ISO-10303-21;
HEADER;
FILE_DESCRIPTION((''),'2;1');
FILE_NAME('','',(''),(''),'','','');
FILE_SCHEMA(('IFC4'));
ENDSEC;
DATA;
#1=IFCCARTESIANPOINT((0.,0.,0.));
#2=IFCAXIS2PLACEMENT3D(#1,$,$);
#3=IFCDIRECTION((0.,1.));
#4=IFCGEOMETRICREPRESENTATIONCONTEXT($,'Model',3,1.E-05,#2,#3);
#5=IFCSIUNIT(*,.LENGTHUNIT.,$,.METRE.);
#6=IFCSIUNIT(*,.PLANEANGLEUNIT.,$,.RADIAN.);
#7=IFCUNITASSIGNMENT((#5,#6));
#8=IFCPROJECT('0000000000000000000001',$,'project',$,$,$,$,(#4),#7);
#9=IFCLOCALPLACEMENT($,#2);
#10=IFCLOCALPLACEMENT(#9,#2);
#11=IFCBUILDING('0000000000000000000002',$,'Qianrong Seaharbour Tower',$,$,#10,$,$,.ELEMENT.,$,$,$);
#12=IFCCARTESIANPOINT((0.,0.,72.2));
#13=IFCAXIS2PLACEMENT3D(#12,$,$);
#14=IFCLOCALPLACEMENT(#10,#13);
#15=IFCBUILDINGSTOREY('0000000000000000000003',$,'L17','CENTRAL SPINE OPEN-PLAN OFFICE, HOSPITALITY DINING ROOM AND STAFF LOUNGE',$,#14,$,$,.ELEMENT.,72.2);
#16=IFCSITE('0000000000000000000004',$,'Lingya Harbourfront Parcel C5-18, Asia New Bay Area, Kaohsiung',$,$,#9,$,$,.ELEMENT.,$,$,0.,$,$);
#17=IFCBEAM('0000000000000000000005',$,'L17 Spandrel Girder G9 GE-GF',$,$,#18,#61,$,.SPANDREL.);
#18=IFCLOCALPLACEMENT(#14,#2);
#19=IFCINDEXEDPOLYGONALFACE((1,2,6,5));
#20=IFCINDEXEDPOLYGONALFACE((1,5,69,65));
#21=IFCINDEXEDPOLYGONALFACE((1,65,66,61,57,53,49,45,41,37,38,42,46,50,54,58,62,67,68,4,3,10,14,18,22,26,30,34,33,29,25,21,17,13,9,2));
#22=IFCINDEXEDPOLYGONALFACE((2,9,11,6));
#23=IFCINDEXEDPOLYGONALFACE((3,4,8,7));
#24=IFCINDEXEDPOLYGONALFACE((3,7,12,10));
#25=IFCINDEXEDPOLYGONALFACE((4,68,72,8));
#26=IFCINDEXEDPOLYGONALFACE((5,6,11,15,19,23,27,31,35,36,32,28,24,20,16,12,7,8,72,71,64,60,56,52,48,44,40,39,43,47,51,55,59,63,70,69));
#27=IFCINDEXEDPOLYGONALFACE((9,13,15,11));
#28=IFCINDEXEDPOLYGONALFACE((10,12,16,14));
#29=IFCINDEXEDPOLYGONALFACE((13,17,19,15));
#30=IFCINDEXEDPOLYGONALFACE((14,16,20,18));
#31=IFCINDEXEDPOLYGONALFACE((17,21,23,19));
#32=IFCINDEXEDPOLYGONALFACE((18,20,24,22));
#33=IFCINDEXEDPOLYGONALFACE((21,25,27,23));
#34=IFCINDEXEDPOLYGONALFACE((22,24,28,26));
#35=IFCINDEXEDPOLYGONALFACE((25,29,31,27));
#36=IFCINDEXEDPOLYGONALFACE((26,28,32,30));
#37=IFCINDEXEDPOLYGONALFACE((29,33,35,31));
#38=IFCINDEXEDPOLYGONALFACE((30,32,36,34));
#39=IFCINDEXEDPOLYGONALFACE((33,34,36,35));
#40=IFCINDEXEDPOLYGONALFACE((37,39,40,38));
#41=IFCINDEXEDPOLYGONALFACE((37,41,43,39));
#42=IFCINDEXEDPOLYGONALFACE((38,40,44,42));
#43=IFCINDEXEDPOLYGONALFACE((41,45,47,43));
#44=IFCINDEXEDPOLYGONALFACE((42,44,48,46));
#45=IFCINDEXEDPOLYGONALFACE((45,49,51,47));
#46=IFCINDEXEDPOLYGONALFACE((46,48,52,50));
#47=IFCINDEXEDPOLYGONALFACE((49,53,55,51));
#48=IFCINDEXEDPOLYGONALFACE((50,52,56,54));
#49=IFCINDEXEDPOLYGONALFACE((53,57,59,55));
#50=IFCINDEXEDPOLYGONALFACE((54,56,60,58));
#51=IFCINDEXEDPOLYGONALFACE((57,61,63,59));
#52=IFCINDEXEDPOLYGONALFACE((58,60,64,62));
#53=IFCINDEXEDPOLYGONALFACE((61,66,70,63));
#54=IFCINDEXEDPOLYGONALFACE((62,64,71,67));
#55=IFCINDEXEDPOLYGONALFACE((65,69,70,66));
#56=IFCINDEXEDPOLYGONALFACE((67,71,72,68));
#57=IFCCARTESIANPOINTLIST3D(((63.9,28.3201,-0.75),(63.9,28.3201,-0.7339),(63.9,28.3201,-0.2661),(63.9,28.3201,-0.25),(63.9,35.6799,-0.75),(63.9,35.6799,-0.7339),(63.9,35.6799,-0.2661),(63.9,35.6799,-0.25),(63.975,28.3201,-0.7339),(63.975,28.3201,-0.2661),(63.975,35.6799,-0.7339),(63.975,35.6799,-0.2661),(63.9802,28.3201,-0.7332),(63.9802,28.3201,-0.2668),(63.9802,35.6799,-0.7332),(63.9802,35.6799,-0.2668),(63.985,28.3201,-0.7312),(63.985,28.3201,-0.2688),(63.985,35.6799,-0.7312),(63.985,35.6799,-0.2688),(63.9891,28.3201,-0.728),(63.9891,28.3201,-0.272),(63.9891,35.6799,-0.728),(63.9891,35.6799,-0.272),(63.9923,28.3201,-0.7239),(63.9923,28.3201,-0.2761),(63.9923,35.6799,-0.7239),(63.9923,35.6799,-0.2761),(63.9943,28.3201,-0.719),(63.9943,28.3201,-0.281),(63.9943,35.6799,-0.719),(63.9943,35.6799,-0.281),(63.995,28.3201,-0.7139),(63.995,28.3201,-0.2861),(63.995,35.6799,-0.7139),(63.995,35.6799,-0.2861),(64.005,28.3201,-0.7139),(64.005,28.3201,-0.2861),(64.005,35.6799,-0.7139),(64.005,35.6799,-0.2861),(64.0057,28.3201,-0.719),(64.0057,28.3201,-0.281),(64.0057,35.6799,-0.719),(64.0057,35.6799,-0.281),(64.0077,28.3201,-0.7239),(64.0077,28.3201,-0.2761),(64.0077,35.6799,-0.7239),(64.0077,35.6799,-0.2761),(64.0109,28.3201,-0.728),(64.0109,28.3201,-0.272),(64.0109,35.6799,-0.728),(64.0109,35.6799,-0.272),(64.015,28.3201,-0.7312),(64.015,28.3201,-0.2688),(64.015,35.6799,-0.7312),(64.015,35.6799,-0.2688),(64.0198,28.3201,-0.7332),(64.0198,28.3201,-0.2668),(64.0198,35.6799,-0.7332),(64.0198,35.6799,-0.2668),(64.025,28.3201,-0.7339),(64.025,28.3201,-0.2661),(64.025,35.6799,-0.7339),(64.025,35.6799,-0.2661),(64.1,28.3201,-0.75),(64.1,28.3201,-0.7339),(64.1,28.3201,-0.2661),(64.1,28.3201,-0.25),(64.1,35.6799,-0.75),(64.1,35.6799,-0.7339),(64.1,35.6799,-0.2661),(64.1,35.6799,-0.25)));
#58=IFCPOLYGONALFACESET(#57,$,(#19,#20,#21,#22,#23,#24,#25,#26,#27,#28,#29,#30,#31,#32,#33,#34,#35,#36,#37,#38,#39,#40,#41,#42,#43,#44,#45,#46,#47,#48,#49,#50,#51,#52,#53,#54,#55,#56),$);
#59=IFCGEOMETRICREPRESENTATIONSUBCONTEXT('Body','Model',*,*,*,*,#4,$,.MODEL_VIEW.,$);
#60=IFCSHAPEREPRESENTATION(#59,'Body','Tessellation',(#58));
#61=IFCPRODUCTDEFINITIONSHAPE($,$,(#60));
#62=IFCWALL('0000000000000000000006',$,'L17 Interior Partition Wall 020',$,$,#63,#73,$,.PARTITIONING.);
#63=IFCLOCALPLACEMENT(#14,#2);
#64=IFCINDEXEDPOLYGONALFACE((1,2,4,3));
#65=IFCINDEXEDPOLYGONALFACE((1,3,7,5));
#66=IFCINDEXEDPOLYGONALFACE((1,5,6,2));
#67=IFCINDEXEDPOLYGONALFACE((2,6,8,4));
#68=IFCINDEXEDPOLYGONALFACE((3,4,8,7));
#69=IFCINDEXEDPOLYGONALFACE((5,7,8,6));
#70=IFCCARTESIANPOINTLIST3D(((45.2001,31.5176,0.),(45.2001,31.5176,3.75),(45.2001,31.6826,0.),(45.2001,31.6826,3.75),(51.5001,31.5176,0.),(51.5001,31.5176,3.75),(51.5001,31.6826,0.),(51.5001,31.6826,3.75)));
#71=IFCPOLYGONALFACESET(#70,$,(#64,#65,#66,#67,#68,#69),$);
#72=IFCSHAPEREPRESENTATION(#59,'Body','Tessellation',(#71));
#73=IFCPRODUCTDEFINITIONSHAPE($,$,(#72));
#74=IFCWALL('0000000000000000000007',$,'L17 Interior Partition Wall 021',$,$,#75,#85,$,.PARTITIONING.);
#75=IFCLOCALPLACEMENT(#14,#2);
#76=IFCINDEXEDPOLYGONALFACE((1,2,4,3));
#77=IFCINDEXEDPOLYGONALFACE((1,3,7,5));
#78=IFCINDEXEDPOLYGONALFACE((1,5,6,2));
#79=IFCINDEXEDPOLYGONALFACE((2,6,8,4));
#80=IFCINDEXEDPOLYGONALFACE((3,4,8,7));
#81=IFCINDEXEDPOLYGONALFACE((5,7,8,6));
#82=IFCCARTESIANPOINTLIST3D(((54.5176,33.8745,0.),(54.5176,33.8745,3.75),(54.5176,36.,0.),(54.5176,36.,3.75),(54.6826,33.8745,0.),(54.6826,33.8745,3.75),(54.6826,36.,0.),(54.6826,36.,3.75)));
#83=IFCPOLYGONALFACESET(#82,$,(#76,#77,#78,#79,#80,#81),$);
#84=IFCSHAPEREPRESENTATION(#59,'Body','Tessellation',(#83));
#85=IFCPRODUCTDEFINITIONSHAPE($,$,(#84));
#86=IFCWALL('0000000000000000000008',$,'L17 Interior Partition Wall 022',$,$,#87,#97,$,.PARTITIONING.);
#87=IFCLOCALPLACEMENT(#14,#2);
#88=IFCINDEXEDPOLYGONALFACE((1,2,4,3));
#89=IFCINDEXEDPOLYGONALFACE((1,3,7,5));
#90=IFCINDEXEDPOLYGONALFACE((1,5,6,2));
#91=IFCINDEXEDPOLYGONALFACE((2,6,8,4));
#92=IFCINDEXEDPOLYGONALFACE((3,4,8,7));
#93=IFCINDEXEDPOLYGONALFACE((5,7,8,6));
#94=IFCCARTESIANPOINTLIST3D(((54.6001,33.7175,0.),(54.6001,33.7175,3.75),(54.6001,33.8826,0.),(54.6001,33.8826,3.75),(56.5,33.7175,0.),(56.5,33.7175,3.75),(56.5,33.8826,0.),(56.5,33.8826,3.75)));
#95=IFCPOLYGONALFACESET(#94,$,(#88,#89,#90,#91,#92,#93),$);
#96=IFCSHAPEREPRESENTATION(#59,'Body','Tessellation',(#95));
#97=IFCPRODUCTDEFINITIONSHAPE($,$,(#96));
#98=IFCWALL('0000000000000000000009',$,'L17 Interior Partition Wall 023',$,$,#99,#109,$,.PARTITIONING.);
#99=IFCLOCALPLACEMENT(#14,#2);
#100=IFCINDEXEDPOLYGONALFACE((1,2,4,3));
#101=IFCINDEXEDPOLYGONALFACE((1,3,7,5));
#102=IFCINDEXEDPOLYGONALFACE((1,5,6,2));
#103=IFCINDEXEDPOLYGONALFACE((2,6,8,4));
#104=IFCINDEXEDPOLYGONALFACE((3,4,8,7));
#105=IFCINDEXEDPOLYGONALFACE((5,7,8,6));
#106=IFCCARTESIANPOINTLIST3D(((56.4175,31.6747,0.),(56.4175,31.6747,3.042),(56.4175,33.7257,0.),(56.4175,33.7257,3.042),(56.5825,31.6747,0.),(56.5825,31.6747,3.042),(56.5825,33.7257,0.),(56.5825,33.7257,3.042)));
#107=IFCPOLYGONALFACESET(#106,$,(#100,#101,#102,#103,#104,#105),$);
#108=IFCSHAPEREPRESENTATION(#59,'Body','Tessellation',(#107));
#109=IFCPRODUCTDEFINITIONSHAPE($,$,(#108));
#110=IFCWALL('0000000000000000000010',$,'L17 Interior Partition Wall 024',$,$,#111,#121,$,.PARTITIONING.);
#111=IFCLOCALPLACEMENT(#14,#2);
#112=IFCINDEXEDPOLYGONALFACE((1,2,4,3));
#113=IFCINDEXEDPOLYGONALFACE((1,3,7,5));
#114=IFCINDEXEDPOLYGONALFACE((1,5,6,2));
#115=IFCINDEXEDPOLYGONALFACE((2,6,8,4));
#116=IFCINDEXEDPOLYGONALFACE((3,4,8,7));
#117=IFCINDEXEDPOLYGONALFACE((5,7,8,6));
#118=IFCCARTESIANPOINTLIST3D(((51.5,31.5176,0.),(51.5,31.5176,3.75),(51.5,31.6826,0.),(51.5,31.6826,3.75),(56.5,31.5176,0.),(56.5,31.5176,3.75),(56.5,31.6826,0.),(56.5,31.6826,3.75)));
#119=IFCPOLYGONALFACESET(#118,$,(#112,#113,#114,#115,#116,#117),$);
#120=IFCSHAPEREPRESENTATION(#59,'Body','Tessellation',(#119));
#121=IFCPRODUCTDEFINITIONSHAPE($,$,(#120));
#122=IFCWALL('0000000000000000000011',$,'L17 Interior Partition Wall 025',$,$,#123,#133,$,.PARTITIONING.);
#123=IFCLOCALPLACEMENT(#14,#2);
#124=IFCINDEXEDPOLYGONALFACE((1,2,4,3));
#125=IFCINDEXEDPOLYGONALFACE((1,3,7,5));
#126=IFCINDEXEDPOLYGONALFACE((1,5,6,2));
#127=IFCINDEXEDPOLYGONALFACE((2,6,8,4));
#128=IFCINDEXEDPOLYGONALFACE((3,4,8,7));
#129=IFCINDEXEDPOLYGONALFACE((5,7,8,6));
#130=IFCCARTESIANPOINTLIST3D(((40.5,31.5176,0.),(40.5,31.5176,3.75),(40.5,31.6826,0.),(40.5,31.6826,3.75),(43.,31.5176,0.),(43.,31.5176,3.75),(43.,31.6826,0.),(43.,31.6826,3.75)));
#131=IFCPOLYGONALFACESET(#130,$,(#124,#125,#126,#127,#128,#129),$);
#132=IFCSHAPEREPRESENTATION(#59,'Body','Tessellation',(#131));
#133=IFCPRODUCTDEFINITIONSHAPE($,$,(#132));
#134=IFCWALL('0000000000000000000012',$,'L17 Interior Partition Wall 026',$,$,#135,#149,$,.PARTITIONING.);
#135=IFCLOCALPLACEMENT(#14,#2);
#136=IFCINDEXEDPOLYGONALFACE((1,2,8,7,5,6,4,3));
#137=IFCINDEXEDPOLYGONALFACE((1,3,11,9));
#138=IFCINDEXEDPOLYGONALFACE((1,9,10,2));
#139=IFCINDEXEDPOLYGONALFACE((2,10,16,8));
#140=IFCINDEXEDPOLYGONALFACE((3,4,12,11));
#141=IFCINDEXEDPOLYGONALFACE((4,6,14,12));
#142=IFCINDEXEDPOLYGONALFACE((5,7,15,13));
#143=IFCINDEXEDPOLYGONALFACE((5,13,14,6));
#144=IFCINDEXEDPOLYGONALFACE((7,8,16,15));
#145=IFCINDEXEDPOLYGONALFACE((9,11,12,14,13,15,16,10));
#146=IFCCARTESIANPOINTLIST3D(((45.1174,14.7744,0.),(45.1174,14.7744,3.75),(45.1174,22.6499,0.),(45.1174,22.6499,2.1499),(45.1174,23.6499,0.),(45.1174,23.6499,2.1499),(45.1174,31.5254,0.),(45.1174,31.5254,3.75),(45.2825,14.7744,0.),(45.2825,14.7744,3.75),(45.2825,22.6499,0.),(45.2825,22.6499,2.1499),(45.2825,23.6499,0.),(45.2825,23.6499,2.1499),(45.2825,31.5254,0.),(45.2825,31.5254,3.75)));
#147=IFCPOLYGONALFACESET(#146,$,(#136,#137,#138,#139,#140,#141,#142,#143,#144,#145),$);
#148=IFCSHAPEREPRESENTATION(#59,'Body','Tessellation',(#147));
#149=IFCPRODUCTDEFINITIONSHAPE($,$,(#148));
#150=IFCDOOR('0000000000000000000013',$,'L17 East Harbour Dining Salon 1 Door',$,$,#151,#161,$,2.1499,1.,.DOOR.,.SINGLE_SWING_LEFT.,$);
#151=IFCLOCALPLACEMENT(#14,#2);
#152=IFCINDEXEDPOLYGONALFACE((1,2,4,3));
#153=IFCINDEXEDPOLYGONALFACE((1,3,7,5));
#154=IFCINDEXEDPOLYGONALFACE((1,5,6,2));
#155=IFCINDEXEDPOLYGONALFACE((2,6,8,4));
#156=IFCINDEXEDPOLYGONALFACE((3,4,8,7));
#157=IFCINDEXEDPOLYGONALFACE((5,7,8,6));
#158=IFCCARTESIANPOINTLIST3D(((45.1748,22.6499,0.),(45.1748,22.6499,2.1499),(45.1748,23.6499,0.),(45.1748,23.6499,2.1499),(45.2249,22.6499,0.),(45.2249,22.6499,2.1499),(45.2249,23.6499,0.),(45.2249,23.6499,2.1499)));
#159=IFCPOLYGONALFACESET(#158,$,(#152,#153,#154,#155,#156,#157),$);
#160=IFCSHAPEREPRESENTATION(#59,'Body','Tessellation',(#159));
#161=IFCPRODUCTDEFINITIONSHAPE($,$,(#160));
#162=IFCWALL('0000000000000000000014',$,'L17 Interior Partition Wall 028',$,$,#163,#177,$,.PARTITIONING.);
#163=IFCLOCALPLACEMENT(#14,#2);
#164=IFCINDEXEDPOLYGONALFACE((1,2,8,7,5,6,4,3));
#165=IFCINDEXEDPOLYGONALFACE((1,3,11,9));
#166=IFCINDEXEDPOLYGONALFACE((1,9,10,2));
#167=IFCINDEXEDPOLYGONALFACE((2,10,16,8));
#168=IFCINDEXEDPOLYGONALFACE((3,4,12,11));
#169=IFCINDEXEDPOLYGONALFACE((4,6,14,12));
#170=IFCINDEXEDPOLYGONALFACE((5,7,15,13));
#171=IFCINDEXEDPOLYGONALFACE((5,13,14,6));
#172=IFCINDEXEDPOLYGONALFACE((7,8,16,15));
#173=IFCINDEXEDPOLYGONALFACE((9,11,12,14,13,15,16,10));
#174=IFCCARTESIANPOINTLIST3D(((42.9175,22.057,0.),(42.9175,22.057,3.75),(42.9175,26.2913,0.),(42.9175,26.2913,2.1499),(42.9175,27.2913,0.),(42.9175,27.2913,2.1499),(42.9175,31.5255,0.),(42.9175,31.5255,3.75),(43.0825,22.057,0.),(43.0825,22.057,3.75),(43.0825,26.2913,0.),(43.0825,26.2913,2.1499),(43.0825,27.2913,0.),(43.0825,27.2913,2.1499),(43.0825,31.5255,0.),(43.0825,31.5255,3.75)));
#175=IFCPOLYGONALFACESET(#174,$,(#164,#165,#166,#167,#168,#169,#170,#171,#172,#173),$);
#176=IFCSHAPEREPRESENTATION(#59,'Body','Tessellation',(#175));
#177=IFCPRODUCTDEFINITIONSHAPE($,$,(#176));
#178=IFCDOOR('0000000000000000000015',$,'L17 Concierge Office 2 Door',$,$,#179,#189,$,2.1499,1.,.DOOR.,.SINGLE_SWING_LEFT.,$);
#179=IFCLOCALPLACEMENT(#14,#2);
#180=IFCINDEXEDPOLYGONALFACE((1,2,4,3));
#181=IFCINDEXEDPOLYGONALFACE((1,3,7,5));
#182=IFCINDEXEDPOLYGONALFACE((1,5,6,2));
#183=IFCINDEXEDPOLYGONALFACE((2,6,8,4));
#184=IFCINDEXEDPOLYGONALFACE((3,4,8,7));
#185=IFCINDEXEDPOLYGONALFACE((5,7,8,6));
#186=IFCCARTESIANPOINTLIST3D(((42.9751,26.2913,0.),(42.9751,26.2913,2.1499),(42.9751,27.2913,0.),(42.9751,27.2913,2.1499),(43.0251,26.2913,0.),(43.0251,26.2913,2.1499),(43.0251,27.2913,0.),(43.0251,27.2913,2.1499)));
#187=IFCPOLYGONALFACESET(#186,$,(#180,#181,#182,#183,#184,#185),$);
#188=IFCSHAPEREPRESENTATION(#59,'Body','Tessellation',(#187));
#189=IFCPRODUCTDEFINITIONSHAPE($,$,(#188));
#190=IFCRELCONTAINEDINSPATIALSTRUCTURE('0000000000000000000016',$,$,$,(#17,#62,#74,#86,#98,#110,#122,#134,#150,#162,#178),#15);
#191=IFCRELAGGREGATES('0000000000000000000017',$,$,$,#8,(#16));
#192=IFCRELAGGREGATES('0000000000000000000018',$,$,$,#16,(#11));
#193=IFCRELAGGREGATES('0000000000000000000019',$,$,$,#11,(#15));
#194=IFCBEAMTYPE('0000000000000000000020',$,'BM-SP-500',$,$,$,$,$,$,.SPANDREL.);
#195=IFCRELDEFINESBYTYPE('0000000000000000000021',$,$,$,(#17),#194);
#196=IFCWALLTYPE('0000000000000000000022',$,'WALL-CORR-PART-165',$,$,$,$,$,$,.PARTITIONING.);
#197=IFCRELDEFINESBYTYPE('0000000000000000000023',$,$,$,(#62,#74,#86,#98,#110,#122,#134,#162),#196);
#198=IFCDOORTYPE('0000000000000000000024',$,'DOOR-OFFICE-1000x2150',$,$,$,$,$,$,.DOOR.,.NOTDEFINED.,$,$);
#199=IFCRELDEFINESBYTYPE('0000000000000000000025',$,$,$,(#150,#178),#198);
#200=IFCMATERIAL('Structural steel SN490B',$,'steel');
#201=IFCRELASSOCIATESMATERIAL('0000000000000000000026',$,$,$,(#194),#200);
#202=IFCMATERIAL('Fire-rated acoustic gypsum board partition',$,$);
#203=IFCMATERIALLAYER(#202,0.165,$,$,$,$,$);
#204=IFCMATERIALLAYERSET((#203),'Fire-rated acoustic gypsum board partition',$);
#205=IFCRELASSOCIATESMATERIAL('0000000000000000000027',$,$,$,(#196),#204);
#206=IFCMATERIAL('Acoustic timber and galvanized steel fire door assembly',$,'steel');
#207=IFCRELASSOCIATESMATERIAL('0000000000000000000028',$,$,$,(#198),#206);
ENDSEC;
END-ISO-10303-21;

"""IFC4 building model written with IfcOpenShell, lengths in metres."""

from ifc_helpers import new_model, si_unit, direction, frame, frame_2d, origin, origin_2d, place, context, subcontext, project, spatial, rectangle, i_section, extrude, material, layer, layer_set, material_profile, profile_set, type_object, element, fill, save


model = new_model("IFC4")

# Units and contexts
model_context = context("Model", 3, precision=1e-05, world=origin(), true_north=direction((0.0, 1.0)))
body_context = subcontext(model_context, "Body", "Model", "MODEL_VIEW")
ifc_project = project(units=[si_unit("LENGTHUNIT", "METRE"), si_unit("PLANEANGLEUNIT", "RADIAN")], contexts=[model_context])

# Site, building, storey
site_placement = place(None, origin())
site = spatial("IfcSite", under=ifc_project, at=site_placement, Name="Lingya Harbourfront Parcel C5-18, Asia New Bay Area, Kaohsiung", CompositionType="ELEMENT", RefElevation=0.0)
building_placement = place(site_placement, origin())
building = spatial("IfcBuilding", under=site, at=building_placement, Name="Qianrong Seaharbour Tower", CompositionType="ELEMENT")
storey_placement = place(building_placement, frame((0.0, 0.0, 72.2)))
storey = spatial("IfcBuildingStorey", under=building, at=storey_placement, Name="L17", Description="CENTRAL SPINE OPEN-PLAN OFFICE, HOSPITALITY DINING ROOM AND STAFF LOUNGE", CompositionType="ELEMENT", Elevation=72.2)

# Shared definitions
ifc_material_1 = material(Name="Structural steel SN490B", Category="steel")

# Beam
ifc_material_profile_1 = material_profile(ifc_material_1, i_section(OverallWidth=0.2, OverallDepth=0.5, WebThickness=0.01, FlangeThickness=0.0161, FilletRadius=0.02, at=origin_2d()), Name="H500x200x10x16")
ifc_profile_set_1 = profile_set([ifc_material_profile_1], Name="Structural steel SN490B")
beam_type_1 = type_object("IfcBeamType", Name="BM-SP-500", PredefinedType="SPANDREL", material=ifc_profile_set_1)
beam_1_placement = place(storey_placement, frame((64.0, 28.3201, -0.5), z_axis=(0.0, 1.0, 0.0), x_axis=(-1.0, 0.0, 0.0)))
element("IfcBeam", 1, at=beam_1_placement, inside=storey, type_object=beam_type_1, Name="L17 Spandrel Girder G9 GE-GF", PredefinedType="SPANDREL", context=body_context, shape_type="SweptSolid", body=[
    extrude(i_section(OverallWidth=0.2, OverallDepth=0.5, WebThickness=0.01, FlangeThickness=0.0161, FilletRadius=0.02, at=origin_2d()), origin(), (0.0, 0.0, 1.0), 7.3599),
])

# Walls
ifc_material_2 = material(Name="Fire-rated acoustic gypsum board partition")
ifc_layer_1 = layer(ifc_material_2, 0.165)
ifc_layer_set_1 = layer_set([ifc_layer_1], Name="Fire-rated acoustic gypsum board partition")
wall_type_1 = type_object("IfcWallType", Name="WALL-CORR-PART-165", PredefinedType="PARTITIONING", material=ifc_layer_set_1)
wall_1_placement = place(storey_placement, frame((51.5, 31.6001, 0.0), z_axis=(0.0, 0.0, 1.0), x_axis=(-1.0, 0.0, 0.0)))
element("IfcWall", 2, at=wall_1_placement, inside=storey, type_object=wall_type_1, Name="L17 Interior Partition Wall 020", PredefinedType="PARTITIONING", context=body_context, shape_type="SweptSolid", body=[
    extrude(rectangle(XDim=6.3, YDim=0.165, at=frame_2d((3.1499, 0.0))), origin(), (0.0, 0.0, 1.0), 3.75),
])
wall_2_placement = place(storey_placement, frame((54.6001, 36.0, 0.0), z_axis=(0.0, 0.0, 1.0), x_axis=(0.0, -1.0, 0.0)))
element("IfcWall", 3, at=wall_2_placement, inside=storey, type_object=wall_type_1, Name="L17 Interior Partition Wall 021", PredefinedType="PARTITIONING", context=body_context, shape_type="SweptSolid", body=[
    extrude(rectangle(XDim=2.1255, YDim=0.165, at=frame_2d((1.0627, 0.0))), origin(), (0.0, 0.0, 1.0), 3.75),
])
wall_3_placement = place(storey_placement, frame((54.6001, 33.8, 0.0), z_axis=(0.0, 0.0, 1.0), x_axis=(1.0, 0.0, 0.0)))
element("IfcWall", 4, at=wall_3_placement, inside=storey, type_object=wall_type_1, Name="L17 Interior Partition Wall 022", PredefinedType="PARTITIONING", context=body_context, shape_type="SweptSolid", body=[
    extrude(rectangle(XDim=1.8999, YDim=0.165, at=frame_2d((0.95, 0.0))), origin(), (0.0, 0.0, 1.0), 3.75),
])
wall_4_placement = place(storey_placement, frame((56.5, 33.7256, 0.0), z_axis=(0.0, 0.0, 1.0), x_axis=(0.0, -1.0, 0.0)))
element("IfcWall", 5, at=wall_4_placement, inside=storey, type_object=wall_type_1, Name="L17 Interior Partition Wall 023", PredefinedType="PARTITIONING", context=body_context, shape_type="SweptSolid", body=[
    extrude(rectangle(XDim=2.051, YDim=0.165, at=frame_2d((1.0254, 0.0))), origin(), (0.0, 0.0, 1.0), 3.042),
])
wall_5_placement = place(storey_placement, frame((56.5, 31.6001, 0.0), z_axis=(0.0, 0.0, 1.0), x_axis=(-1.0, 0.0, 0.0)))
element("IfcWall", 6, at=wall_5_placement, inside=storey, type_object=wall_type_1, Name="L17 Interior Partition Wall 024", PredefinedType="PARTITIONING", context=body_context, shape_type="SweptSolid", body=[
    extrude(rectangle(XDim=5.0, YDim=0.165, at=frame_2d((2.5, 0.0))), origin(), (0.0, 0.0, 1.0), 3.75),
])
wall_6_placement = place(storey_placement, frame((43.0, 31.6001, 0.0), z_axis=(0.0, 0.0, 1.0), x_axis=(-1.0, 0.0, 0.0)))
element("IfcWall", 7, at=wall_6_placement, inside=storey, type_object=wall_type_1, Name="L17 Interior Partition Wall 025", PredefinedType="PARTITIONING", context=body_context, shape_type="SweptSolid", body=[
    extrude(rectangle(XDim=2.5, YDim=0.165, at=frame_2d((1.25, 0.0))), origin(), (0.0, 0.0, 1.0), 3.75),
])

# Walls, openings, doors
wall_7_placement = place(storey_placement, frame((45.2, 31.5254, 0.0), z_axis=(0.0, 0.0, 1.0), x_axis=(0.0, -1.0, 0.0)))
wall_7 = element("IfcWall", 8, at=wall_7_placement, inside=storey, type_object=wall_type_1, Name="L17 Interior Partition Wall 026", PredefinedType="PARTITIONING", context=body_context, shape_type="SweptSolid", body=[
    extrude(rectangle(XDim=16.751, YDim=0.165, at=frame_2d((8.3755, 0.0))), origin(), (0.0, 0.0, 1.0), 3.75),
])
opening_1_placement = place(wall_7_placement, frame((7.8755, 0.0, 0.0)))
opening_1 = element("IfcOpeningElement", 9, at=opening_1_placement, cuts=wall_7, PredefinedType="OPENING", context=body_context, shape_type="SweptSolid", body=[
    extrude(rectangle(XDim=1.0, YDim=2.1499, at=frame_2d((0.5, 1.075))), frame((0.0, 0.0925, 0.0), z_axis=(0.0, -1.0, 0.0), x_axis=(1.0, 0.0, 0.0)), (0.0, 0.0, 1.0), 0.1851),
])
ifc_material_3 = material(Name="Acoustic timber and galvanized steel fire door assembly", Category="steel")
door_type = type_object("IfcDoorType", Name="DOOR-OFFICE-1000x2150", OperationType="NOTDEFINED", PredefinedType="DOOR", material=ifc_material_3)
door_1_placement = place(opening_1_placement, origin())
door_1 = element("IfcDoor", 10, at=door_1_placement, inside=storey, type_object=door_type, Name="L17 East Harbour Dining Salon 1 Door", OperationType="SINGLE_SWING_LEFT", OverallHeight=2.1499, OverallWidth=1.0, PredefinedType="DOOR", context=body_context, shape_type="SweptSolid", body=[
    extrude(rectangle(XDim=1.0, YDim=2.1499, at=frame_2d((0.5, 1.075))), frame((0.0, 0.0249, 0.0), z_axis=(0.0, -1.0, 0.0), x_axis=(1.0, 0.0, 0.0)), (0.0, 0.0, 1.0), 0.05),
])
fill(opening_1, door_1)
wall_8_placement = place(storey_placement, frame((43.0, 22.0569, 0.0), z_axis=(0.0, 0.0, 1.0), x_axis=(0.0, 1.0, 0.0)))
wall_8 = element("IfcWall", 11, at=wall_8_placement, inside=storey, type_object=wall_type_1, Name="L17 Interior Partition Wall 028", PredefinedType="PARTITIONING", context=body_context, shape_type="SweptSolid", body=[
    extrude(rectangle(XDim=9.4685, YDim=0.165, at=frame_2d((4.7344, 0.0))), origin(), (0.0, 0.0, 1.0), 3.75),
])
opening_2_placement = place(wall_8_placement, frame((4.2344, 0.0, 0.0)))
opening_2 = element("IfcOpeningElement", 12, at=opening_2_placement, cuts=wall_8, PredefinedType="OPENING", context=body_context, shape_type="SweptSolid", body=[
    extrude(rectangle(XDim=1.0, YDim=2.1499, at=frame_2d((0.5, 1.075))), frame((0.0, 0.0925, 0.0), z_axis=(0.0, -1.0, 0.0), x_axis=(1.0, 0.0, 0.0)), (0.0, 0.0, 1.0), 0.1851),
])
door_2_placement = place(opening_2_placement, origin())
door_2 = element("IfcDoor", 13, at=door_2_placement, inside=storey, type_object=door_type, Name="L17 Concierge Office 2 Door", OperationType="SINGLE_SWING_LEFT", OverallHeight=2.1499, OverallWidth=1.0, PredefinedType="DOOR", context=body_context, shape_type="SweptSolid", body=[
    extrude(rectangle(XDim=1.0, YDim=2.1499, at=frame_2d((0.5, 1.075))), frame((0.0, 0.0249, 0.0), z_axis=(0.0, -1.0, 0.0), x_axis=(1.0, 0.0, 0.0)), (0.0, 0.0, 1.0), 0.05),
])
fill(opening_2, door_2)

save(model, "model.ifc")
